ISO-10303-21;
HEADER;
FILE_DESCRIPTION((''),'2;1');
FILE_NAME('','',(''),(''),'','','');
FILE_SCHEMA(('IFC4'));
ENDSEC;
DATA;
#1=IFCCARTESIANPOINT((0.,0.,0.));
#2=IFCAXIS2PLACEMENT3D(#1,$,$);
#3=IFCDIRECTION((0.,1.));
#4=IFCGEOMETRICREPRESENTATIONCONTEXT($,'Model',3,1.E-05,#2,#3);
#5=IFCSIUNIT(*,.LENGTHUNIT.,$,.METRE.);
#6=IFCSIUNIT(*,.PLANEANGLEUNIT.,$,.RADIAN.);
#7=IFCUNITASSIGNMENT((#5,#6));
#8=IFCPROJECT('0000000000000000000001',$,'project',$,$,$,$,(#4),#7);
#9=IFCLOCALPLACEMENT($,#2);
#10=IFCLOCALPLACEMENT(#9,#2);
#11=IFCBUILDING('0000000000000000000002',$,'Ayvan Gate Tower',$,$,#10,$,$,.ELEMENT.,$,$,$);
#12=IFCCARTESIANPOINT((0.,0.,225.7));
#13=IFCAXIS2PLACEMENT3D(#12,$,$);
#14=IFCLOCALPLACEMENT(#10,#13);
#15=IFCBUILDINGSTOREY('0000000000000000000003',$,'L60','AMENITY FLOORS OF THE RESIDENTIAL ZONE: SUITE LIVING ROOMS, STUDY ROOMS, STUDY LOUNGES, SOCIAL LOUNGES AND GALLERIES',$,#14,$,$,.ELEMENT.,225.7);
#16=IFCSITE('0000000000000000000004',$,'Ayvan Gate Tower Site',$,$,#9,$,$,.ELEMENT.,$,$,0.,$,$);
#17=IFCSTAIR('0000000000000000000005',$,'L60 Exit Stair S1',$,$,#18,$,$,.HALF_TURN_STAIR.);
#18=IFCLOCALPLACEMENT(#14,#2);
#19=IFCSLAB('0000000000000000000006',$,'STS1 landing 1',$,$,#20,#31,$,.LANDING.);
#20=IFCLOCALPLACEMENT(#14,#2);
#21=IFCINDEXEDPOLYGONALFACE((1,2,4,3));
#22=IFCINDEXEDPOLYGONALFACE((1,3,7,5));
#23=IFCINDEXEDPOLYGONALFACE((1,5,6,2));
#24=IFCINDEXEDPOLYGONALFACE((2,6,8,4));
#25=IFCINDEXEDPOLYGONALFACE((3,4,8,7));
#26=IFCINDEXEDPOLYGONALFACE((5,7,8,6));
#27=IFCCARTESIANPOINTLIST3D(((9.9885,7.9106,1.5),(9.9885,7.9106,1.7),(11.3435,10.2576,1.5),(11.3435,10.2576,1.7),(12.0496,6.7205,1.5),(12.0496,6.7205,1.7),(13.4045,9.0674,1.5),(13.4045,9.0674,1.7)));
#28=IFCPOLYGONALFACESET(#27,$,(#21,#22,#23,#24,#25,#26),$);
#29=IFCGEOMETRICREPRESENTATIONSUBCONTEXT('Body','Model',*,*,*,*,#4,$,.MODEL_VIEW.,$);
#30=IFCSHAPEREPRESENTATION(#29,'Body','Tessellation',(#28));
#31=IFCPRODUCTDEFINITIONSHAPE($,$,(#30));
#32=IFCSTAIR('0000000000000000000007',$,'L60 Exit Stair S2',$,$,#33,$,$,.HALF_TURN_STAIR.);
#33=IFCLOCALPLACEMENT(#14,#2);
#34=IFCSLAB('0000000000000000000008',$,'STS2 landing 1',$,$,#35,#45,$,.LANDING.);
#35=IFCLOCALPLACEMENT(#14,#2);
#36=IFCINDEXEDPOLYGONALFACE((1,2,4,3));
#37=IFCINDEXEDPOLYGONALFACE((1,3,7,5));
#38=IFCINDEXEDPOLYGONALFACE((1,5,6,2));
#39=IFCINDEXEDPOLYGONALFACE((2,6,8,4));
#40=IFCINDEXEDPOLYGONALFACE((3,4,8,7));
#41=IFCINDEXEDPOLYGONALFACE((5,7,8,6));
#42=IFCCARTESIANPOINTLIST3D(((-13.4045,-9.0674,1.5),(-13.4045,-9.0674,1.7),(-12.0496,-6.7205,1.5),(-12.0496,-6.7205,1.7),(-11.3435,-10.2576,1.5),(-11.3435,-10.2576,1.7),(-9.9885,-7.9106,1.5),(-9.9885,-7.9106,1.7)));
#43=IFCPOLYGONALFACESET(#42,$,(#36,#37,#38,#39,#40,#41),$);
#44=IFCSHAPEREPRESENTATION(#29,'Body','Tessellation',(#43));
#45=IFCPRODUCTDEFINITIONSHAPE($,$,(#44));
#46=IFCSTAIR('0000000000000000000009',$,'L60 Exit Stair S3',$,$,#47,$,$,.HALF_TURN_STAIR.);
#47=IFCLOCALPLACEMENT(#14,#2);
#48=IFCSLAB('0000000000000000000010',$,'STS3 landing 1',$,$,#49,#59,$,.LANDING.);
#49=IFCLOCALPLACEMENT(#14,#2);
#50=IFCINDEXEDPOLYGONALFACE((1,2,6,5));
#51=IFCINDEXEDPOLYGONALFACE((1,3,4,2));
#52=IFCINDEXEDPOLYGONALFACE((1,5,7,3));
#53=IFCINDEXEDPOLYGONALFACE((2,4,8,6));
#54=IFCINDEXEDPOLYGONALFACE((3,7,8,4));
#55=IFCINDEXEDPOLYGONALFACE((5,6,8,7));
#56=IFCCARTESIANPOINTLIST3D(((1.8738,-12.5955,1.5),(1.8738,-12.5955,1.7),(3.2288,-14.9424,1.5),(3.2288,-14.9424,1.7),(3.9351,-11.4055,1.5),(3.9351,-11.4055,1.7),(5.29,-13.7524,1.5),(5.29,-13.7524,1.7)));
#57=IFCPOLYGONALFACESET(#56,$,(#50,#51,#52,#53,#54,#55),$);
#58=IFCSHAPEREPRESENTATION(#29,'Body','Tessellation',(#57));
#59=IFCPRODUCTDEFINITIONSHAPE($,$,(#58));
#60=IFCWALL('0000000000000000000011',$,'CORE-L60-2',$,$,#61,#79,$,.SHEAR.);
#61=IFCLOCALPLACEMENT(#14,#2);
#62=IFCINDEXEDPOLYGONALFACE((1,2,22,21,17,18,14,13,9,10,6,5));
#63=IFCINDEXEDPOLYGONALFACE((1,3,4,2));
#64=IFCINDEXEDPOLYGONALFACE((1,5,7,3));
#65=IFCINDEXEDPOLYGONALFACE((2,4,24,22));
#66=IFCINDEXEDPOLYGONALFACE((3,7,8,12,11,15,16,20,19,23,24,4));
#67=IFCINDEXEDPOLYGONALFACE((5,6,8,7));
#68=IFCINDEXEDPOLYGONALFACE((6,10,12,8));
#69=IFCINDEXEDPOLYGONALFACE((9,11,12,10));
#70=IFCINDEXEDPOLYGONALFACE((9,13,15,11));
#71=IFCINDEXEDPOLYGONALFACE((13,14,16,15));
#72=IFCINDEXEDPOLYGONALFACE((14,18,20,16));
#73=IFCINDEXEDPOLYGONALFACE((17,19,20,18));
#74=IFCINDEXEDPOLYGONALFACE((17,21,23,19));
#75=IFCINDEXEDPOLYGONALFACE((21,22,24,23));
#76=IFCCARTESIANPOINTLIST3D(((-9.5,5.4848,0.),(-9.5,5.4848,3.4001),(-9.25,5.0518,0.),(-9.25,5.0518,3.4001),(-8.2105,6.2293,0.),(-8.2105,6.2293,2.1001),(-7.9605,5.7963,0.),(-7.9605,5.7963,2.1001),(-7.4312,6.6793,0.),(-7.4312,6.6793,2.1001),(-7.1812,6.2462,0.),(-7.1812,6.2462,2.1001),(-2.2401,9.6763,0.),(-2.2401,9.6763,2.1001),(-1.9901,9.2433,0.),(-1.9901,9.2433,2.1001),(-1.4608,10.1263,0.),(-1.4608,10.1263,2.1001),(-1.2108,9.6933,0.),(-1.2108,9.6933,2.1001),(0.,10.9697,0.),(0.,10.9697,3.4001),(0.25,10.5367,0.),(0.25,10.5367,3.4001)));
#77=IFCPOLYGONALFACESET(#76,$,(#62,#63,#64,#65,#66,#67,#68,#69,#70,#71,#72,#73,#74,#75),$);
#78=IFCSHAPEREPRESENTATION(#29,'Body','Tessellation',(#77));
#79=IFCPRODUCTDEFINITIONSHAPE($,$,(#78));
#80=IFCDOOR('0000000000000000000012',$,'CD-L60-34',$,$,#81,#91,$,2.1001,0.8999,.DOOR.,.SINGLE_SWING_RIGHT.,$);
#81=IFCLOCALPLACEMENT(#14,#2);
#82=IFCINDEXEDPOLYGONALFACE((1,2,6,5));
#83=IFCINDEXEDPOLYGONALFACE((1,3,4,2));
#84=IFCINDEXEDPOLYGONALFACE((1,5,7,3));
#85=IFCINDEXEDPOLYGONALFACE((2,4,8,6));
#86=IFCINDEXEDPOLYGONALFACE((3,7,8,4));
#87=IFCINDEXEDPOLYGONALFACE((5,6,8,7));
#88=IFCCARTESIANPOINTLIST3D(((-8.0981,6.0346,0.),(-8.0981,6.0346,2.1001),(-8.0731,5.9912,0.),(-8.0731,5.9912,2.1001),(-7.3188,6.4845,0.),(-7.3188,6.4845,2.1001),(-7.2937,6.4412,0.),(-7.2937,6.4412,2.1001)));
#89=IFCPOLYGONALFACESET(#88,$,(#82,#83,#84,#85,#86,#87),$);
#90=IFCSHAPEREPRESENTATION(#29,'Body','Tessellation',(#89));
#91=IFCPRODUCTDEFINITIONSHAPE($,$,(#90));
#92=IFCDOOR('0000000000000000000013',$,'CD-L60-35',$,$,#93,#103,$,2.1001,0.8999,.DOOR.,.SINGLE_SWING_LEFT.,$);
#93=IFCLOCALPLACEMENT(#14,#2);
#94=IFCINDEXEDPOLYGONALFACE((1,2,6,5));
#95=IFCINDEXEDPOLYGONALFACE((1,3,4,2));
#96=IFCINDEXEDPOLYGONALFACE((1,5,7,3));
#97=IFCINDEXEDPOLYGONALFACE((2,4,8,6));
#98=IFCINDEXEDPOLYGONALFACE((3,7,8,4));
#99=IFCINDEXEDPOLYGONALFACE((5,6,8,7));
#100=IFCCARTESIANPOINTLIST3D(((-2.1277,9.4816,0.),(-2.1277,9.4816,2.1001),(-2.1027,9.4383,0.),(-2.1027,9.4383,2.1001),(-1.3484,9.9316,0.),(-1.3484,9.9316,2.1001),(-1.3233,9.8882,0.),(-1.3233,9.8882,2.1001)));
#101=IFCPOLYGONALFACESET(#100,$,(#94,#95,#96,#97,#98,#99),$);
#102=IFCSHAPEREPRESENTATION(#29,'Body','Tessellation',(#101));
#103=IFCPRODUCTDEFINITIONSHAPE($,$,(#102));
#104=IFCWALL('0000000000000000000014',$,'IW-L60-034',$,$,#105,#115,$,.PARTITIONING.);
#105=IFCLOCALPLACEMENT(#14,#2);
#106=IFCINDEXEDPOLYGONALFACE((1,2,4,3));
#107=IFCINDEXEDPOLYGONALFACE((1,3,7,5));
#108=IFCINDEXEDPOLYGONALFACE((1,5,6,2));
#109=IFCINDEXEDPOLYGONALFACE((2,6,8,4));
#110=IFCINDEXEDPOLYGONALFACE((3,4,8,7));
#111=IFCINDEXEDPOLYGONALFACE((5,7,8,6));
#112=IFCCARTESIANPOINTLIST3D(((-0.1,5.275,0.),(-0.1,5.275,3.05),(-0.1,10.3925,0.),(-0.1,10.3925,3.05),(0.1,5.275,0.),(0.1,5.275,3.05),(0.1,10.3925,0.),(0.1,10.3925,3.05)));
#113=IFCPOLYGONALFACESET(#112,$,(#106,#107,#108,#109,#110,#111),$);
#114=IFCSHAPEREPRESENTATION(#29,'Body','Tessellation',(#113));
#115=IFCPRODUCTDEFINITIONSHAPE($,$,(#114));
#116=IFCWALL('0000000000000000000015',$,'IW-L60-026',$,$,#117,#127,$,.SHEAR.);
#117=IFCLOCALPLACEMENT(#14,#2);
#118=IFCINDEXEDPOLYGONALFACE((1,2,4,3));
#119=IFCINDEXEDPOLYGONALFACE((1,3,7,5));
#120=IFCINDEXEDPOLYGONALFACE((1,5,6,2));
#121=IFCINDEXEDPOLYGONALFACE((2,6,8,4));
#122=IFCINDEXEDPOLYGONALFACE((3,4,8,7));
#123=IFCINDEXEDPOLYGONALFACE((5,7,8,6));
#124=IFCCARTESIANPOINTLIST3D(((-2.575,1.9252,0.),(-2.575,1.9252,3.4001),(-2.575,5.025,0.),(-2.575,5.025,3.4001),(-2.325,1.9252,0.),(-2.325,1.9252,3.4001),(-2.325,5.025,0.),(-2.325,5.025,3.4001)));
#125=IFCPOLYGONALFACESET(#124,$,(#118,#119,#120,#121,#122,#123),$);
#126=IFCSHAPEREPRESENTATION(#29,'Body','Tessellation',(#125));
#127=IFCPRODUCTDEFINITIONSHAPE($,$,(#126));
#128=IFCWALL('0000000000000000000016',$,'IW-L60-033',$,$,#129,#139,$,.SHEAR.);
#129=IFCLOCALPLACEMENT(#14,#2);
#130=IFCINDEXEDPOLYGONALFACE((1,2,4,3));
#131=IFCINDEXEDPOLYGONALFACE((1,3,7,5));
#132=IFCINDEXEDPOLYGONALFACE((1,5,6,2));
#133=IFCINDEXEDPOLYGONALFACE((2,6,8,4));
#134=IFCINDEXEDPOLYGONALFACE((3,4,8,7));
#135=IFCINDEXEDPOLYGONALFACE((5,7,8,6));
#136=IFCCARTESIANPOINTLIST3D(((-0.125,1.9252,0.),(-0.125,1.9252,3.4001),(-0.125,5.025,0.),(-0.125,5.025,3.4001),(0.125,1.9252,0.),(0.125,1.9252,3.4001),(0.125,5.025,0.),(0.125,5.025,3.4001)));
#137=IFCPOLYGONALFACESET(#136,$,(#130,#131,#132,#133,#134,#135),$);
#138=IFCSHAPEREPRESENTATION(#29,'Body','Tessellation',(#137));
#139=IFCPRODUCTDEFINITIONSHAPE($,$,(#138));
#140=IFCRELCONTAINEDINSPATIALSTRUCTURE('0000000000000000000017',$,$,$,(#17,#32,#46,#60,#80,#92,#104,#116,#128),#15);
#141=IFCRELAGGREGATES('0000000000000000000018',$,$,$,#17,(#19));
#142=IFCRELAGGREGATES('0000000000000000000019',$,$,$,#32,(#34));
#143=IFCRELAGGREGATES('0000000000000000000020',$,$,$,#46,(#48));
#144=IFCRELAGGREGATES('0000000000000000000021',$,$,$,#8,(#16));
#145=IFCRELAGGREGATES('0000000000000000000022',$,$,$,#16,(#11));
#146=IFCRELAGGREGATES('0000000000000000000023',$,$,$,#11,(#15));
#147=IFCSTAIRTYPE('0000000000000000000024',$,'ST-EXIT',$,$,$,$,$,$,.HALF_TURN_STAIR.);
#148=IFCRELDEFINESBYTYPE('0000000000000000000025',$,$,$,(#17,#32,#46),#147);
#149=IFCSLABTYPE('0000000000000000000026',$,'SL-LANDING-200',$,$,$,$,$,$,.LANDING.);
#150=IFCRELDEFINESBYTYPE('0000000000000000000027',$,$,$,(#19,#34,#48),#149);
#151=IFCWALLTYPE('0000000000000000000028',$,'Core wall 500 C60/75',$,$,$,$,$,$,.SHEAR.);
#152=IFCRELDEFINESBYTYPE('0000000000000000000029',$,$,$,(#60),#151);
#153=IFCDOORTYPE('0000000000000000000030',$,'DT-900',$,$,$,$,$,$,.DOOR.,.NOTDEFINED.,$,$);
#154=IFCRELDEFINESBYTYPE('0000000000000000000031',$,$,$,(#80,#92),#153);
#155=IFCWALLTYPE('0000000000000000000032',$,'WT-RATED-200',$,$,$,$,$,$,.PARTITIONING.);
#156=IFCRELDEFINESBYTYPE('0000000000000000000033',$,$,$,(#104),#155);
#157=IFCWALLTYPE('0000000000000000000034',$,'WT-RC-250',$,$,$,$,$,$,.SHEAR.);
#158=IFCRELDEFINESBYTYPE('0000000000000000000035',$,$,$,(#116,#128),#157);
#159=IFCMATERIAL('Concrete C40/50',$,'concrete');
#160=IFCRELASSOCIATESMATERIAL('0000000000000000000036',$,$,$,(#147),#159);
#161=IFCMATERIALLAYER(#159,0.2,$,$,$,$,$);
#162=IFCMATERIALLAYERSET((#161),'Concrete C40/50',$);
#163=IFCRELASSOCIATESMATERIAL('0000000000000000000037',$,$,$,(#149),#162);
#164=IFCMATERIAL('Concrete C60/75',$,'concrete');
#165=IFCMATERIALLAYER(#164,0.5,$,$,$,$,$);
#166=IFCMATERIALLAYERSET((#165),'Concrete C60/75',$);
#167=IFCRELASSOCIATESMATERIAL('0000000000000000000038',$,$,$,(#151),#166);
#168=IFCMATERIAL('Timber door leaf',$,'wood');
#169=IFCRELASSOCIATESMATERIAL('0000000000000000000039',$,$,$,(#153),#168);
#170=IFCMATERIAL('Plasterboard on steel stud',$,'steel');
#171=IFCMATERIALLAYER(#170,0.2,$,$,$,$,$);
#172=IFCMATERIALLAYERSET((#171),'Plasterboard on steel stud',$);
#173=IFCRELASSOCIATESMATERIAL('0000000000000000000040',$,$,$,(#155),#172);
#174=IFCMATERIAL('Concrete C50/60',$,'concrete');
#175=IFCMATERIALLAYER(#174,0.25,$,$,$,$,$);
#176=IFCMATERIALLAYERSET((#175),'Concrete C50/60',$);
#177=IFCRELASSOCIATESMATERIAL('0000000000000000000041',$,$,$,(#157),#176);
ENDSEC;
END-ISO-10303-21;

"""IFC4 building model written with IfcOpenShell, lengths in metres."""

from ifc_helpers import new_model, si_unit, direction, frame, frame_2d, origin, place, context, subcontext, project, spatial, polyline, rectangle, outline, extrude, material, layer, layer_set, type_object, element, fill, aggregate, save


model = new_model("IFC4")

# Units and contexts
model_context = context("Model", 3, precision=1e-05, world=origin(), true_north=direction((0.0, 1.0)))
body_context = subcontext(model_context, "Body", "Model", "MODEL_VIEW")
ifc_project = project(units=[si_unit("LENGTHUNIT", "METRE"), si_unit("PLANEANGLEUNIT", "RADIAN")], contexts=[model_context])

# Site, building, storey
site_placement = place(None, origin())
site = spatial("IfcSite", under=ifc_project, at=site_placement, Name="Ayvan Gate Tower Site", CompositionType="ELEMENT", RefElevation=0.0)
building_placement = place(site_placement, origin())
building = spatial("IfcBuilding", under=site, at=building_placement, Name="Ayvan Gate Tower", CompositionType="ELEMENT")
storey_placement = place(building_placement, frame((0.0, 0.0, 225.7)))
storey = spatial("IfcBuildingStorey", under=building, at=storey_placement, Name="L60", Description="AMENITY FLOORS OF THE RESIDENTIAL ZONE: SUITE LIVING ROOMS, STUDY ROOMS, STUDY LOUNGES, SOCIAL LOUNGES AND GALLERIES", CompositionType="ELEMENT", Elevation=225.7)

# Stairs, slabs
ifc_material_1 = material(Name="Concrete C40/50", Category="concrete")
stair_type = type_object("IfcStairType", Name="ST-EXIT", PredefinedType="HALF_TURN_STAIR", material=ifc_material_1)
stair_1_placement = place(storey_placement, origin())
stair_1 = element("IfcStair", 1, at=stair_1_placement, inside=storey, type_object=stair_type, Name="L60 Exit Stair S1", PredefinedType="HALF_TURN_STAIR")
ifc_layer_1 = layer(ifc_material_1, 0.2)
ifc_layer_set_1 = layer_set([ifc_layer_1], Name="Concrete C40/50")
slab_type = type_object("IfcSlabType", Name="SL-LANDING-200", PredefinedType="LANDING", material=ifc_layer_set_1)
slab_1_placement = place(storey_placement, frame((0.0, 0.0, 1.5)))
slab_1 = element("IfcSlab", 2, at=slab_1_placement, type_object=slab_type, Name="STS1 landing 1", PredefinedType="LANDING", context=body_context, shape_type="SweptSolid", body=[
    extrude(outline(polyline([(9.9885, 7.9106), (12.0496, 6.7205), (13.4045, 9.0674), (11.3435, 10.2576), (9.9885, 7.9106)])), origin(), (0.0, 0.0, 1.0), 0.2),
])
aggregate(stair_1, [slab_1])
stair_2_placement = place(storey_placement, origin())
stair_2 = element("IfcStair", 3, at=stair_2_placement, inside=storey, type_object=stair_type, Name="L60 Exit Stair S2", PredefinedType="HALF_TURN_STAIR")
slab_2_placement = place(storey_placement, frame((0.0, 0.0, 1.5)))
slab_2 = element("IfcSlab", 4, at=slab_2_placement, type_object=slab_type, Name="STS2 landing 1", PredefinedType="LANDING", context=body_context, shape_type="SweptSolid", body=[
    extrude(outline(polyline([(-9.9885, -7.9106), (-12.0496, -6.7205), (-13.4045, -9.0674), (-11.3435, -10.2576), (-9.9885, -7.9106)])), origin(), (0.0, 0.0, 1.0), 0.2),
])
aggregate(stair_2, [slab_2])
stair_3_placement = place(storey_placement, origin())
stair_3 = element("IfcStair", 5, at=stair_3_placement, inside=storey, type_object=stair_type, Name="L60 Exit Stair S3", PredefinedType="HALF_TURN_STAIR")
slab_3_placement = place(storey_placement, frame((0.0, 0.0, 1.5)))
slab_3 = element("IfcSlab", 6, at=slab_3_placement, type_object=slab_type, Name="STS3 landing 1", PredefinedType="LANDING", context=body_context, shape_type="SweptSolid", body=[
    extrude(outline(polyline([(3.9351, -11.4055), (1.8738, -12.5955), (3.2288, -14.9424), (5.29, -13.7524), (3.9351, -11.4055)])), origin(), (0.0, 0.0, 1.0), 0.2),
])
aggregate(stair_3, [slab_3])

# Wall, openings, doors
ifc_material_2 = material(Name="Concrete C60/75", Category="concrete")
ifc_layer_2 = layer(ifc_material_2, 0.5)
ifc_layer_set_2 = layer_set([ifc_layer_2], Name="Concrete C60/75")
wall_type_1 = type_object("IfcWallType", Name="Core wall 500 C60/75", PredefinedType="SHEAR", material=ifc_layer_set_2)
wall_1_placement = place(storey_placement, frame((0.125, 10.7532, 0.0), z_axis=(0.0, 0.0, 1.0), x_axis=(-0.866024, -0.500002, 0.0)))
wall_1 = element("IfcWall", 7, at=wall_1_placement, inside=storey, type_object=wall_type_1, Name="CORE-L60-2", PredefinedType="SHEAR", context=body_context, shape_type="SweptSolid", body=[
    extrude(rectangle(XDim=10.9697, YDim=0.5, at=frame_2d((5.4849, 0.0))), origin(), (0.0, 0.0, 1.0), 3.4001),
])
opening_1_placement = place(wall_1_placement, frame((8.5808, 0.0, 0.0)))
opening_1 = element("IfcOpeningElement", 8, at=opening_1_placement, cuts=wall_1, PredefinedType="OPENING", context=body_context, shape_type="SweptSolid", body=[
    extrude(rectangle(XDim=0.8999, YDim=2.1001, at=frame_2d((0.45, 1.05))), frame((0.0, 0.26, 0.0), z_axis=(0.0, -1.0, 0.0), x_axis=(1.0, 0.0, 0.0)), (0.0, 0.0, 1.0), 0.52),
])
opening_2_placement = place(wall_1_placement, frame((1.6868, 0.0, 0.0)))
opening_2 = element("IfcOpeningElement", 9, at=opening_2_placement, cuts=wall_1, PredefinedType="OPENING", context=body_context, shape_type="SweptSolid", body=[
    extrude(rectangle(XDim=0.8999, YDim=2.1001, at=frame_2d((0.45, 1.05))), frame((0.0, 0.26, 0.0), z_axis=(0.0, -1.0, 0.0), x_axis=(1.0, 0.0, 0.0)), (0.0, 0.0, 1.0), 0.52),
])
ifc_material_3 = material(Name="Timber door leaf", Category="wood")
door_type = type_object("IfcDoorType", Name="DT-900", OperationType="NOTDEFINED", PredefinedType="DOOR", material=ifc_material_3)
door_1_placement = place(opening_1_placement, origin())
door_1 = element("IfcDoor", 10, at=door_1_placement, inside=storey, type_object=door_type, Name="CD-L60-34", OperationType="SINGLE_SWING_RIGHT", OverallHeight=2.1001, OverallWidth=0.8999, PredefinedType="DOOR", context=body_context, shape_type="SweptSolid", body=[
    extrude(rectangle(XDim=0.8999, YDim=2.1001, at=frame_2d((0.45, 1.05))), frame((0.0, 0.0249, 0.0), z_axis=(0.0, -1.0, 0.0), x_axis=(1.0, 0.0, 0.0)), (0.0, 0.0, 1.0), 0.05),
])
fill(opening_1, door_1)
door_2_placement = place(opening_2_placement, origin())
door_2 = element("IfcDoor", 11, at=door_2_placement, inside=storey, type_object=door_type, Name="CD-L60-35", OperationType="SINGLE_SWING_LEFT", OverallHeight=2.1001, OverallWidth=0.8999, PredefinedType="DOOR", context=body_context, shape_type="SweptSolid", body=[
    extrude(rectangle(XDim=0.8999, YDim=2.1001, at=frame_2d((0.45, 1.05))), frame((0.0, 0.0249, 0.0), z_axis=(0.0, -1.0, 0.0), x_axis=(1.0, 0.0, 0.0)), (0.0, 0.0, 1.0), 0.05),
])
fill(opening_2, door_2)

# Walls
ifc_material_4 = material(Name="Plasterboard on steel stud", Category="steel")
ifc_layer_3 = layer(ifc_material_4, 0.2)
ifc_layer_set_3 = layer_set([ifc_layer_3], Name="Plasterboard on steel stud")
wall_type_2 = type_object("IfcWallType", Name="WT-RATED-200", PredefinedType="PARTITIONING", material=ifc_layer_set_3)
wall_2_placement = place(storey_placement, frame((0.0, 10.3923, 0.0), z_axis=(0.0, 0.0, 1.0), x_axis=(0.0, -1.0, 0.0)))
element("IfcWall", 12, at=wall_2_placement, inside=storey, type_object=wall_type_2, Name="IW-L60-034", PredefinedType="PARTITIONING", context=body_context, shape_type="SweptSolid", body=[
    extrude(rectangle(XDim=5.1174, YDim=0.2, at=frame_2d((2.5586, 0.0))), origin(), (0.0, 0.0, 1.0), 3.05),
])
ifc_material_5 = material(Name="Concrete C50/60", Category="concrete")
ifc_layer_4 = layer(ifc_material_5, 0.25)
ifc_layer_set_4 = layer_set([ifc_layer_4], Name="Concrete C50/60")
wall_type_3 = type_object("IfcWallType", Name="WT-RC-250", PredefinedType="SHEAR", material=ifc_layer_set_4)
for number, where, z_axis, x_axis, name in (
    (13, (-2.45, 5.0249, 0.0), (0.0, 0.0, 1.0), (0.0, -1.0, 0.0), "IW-L60-026"),
    (14, (0.0, 5.0249, 0.0), (0.0, 0.0, 1.0), (0.0, -1.0, 0.0), "IW-L60-033"),
):
    element("IfcWall", number, at=place(storey_placement, frame(where, z_axis=z_axis, x_axis=x_axis)), inside=storey, type_object=wall_type_3, Name=name, PredefinedType="SHEAR", context=body_context, shape_type="SweptSolid", body=[
        extrude(rectangle(XDim=3.0999, YDim=0.25, at=frame_2d((1.5498, 0.0))), origin(), (0.0, 0.0, 1.0), 3.4001),
    ])

save(model, "model.ifc")
